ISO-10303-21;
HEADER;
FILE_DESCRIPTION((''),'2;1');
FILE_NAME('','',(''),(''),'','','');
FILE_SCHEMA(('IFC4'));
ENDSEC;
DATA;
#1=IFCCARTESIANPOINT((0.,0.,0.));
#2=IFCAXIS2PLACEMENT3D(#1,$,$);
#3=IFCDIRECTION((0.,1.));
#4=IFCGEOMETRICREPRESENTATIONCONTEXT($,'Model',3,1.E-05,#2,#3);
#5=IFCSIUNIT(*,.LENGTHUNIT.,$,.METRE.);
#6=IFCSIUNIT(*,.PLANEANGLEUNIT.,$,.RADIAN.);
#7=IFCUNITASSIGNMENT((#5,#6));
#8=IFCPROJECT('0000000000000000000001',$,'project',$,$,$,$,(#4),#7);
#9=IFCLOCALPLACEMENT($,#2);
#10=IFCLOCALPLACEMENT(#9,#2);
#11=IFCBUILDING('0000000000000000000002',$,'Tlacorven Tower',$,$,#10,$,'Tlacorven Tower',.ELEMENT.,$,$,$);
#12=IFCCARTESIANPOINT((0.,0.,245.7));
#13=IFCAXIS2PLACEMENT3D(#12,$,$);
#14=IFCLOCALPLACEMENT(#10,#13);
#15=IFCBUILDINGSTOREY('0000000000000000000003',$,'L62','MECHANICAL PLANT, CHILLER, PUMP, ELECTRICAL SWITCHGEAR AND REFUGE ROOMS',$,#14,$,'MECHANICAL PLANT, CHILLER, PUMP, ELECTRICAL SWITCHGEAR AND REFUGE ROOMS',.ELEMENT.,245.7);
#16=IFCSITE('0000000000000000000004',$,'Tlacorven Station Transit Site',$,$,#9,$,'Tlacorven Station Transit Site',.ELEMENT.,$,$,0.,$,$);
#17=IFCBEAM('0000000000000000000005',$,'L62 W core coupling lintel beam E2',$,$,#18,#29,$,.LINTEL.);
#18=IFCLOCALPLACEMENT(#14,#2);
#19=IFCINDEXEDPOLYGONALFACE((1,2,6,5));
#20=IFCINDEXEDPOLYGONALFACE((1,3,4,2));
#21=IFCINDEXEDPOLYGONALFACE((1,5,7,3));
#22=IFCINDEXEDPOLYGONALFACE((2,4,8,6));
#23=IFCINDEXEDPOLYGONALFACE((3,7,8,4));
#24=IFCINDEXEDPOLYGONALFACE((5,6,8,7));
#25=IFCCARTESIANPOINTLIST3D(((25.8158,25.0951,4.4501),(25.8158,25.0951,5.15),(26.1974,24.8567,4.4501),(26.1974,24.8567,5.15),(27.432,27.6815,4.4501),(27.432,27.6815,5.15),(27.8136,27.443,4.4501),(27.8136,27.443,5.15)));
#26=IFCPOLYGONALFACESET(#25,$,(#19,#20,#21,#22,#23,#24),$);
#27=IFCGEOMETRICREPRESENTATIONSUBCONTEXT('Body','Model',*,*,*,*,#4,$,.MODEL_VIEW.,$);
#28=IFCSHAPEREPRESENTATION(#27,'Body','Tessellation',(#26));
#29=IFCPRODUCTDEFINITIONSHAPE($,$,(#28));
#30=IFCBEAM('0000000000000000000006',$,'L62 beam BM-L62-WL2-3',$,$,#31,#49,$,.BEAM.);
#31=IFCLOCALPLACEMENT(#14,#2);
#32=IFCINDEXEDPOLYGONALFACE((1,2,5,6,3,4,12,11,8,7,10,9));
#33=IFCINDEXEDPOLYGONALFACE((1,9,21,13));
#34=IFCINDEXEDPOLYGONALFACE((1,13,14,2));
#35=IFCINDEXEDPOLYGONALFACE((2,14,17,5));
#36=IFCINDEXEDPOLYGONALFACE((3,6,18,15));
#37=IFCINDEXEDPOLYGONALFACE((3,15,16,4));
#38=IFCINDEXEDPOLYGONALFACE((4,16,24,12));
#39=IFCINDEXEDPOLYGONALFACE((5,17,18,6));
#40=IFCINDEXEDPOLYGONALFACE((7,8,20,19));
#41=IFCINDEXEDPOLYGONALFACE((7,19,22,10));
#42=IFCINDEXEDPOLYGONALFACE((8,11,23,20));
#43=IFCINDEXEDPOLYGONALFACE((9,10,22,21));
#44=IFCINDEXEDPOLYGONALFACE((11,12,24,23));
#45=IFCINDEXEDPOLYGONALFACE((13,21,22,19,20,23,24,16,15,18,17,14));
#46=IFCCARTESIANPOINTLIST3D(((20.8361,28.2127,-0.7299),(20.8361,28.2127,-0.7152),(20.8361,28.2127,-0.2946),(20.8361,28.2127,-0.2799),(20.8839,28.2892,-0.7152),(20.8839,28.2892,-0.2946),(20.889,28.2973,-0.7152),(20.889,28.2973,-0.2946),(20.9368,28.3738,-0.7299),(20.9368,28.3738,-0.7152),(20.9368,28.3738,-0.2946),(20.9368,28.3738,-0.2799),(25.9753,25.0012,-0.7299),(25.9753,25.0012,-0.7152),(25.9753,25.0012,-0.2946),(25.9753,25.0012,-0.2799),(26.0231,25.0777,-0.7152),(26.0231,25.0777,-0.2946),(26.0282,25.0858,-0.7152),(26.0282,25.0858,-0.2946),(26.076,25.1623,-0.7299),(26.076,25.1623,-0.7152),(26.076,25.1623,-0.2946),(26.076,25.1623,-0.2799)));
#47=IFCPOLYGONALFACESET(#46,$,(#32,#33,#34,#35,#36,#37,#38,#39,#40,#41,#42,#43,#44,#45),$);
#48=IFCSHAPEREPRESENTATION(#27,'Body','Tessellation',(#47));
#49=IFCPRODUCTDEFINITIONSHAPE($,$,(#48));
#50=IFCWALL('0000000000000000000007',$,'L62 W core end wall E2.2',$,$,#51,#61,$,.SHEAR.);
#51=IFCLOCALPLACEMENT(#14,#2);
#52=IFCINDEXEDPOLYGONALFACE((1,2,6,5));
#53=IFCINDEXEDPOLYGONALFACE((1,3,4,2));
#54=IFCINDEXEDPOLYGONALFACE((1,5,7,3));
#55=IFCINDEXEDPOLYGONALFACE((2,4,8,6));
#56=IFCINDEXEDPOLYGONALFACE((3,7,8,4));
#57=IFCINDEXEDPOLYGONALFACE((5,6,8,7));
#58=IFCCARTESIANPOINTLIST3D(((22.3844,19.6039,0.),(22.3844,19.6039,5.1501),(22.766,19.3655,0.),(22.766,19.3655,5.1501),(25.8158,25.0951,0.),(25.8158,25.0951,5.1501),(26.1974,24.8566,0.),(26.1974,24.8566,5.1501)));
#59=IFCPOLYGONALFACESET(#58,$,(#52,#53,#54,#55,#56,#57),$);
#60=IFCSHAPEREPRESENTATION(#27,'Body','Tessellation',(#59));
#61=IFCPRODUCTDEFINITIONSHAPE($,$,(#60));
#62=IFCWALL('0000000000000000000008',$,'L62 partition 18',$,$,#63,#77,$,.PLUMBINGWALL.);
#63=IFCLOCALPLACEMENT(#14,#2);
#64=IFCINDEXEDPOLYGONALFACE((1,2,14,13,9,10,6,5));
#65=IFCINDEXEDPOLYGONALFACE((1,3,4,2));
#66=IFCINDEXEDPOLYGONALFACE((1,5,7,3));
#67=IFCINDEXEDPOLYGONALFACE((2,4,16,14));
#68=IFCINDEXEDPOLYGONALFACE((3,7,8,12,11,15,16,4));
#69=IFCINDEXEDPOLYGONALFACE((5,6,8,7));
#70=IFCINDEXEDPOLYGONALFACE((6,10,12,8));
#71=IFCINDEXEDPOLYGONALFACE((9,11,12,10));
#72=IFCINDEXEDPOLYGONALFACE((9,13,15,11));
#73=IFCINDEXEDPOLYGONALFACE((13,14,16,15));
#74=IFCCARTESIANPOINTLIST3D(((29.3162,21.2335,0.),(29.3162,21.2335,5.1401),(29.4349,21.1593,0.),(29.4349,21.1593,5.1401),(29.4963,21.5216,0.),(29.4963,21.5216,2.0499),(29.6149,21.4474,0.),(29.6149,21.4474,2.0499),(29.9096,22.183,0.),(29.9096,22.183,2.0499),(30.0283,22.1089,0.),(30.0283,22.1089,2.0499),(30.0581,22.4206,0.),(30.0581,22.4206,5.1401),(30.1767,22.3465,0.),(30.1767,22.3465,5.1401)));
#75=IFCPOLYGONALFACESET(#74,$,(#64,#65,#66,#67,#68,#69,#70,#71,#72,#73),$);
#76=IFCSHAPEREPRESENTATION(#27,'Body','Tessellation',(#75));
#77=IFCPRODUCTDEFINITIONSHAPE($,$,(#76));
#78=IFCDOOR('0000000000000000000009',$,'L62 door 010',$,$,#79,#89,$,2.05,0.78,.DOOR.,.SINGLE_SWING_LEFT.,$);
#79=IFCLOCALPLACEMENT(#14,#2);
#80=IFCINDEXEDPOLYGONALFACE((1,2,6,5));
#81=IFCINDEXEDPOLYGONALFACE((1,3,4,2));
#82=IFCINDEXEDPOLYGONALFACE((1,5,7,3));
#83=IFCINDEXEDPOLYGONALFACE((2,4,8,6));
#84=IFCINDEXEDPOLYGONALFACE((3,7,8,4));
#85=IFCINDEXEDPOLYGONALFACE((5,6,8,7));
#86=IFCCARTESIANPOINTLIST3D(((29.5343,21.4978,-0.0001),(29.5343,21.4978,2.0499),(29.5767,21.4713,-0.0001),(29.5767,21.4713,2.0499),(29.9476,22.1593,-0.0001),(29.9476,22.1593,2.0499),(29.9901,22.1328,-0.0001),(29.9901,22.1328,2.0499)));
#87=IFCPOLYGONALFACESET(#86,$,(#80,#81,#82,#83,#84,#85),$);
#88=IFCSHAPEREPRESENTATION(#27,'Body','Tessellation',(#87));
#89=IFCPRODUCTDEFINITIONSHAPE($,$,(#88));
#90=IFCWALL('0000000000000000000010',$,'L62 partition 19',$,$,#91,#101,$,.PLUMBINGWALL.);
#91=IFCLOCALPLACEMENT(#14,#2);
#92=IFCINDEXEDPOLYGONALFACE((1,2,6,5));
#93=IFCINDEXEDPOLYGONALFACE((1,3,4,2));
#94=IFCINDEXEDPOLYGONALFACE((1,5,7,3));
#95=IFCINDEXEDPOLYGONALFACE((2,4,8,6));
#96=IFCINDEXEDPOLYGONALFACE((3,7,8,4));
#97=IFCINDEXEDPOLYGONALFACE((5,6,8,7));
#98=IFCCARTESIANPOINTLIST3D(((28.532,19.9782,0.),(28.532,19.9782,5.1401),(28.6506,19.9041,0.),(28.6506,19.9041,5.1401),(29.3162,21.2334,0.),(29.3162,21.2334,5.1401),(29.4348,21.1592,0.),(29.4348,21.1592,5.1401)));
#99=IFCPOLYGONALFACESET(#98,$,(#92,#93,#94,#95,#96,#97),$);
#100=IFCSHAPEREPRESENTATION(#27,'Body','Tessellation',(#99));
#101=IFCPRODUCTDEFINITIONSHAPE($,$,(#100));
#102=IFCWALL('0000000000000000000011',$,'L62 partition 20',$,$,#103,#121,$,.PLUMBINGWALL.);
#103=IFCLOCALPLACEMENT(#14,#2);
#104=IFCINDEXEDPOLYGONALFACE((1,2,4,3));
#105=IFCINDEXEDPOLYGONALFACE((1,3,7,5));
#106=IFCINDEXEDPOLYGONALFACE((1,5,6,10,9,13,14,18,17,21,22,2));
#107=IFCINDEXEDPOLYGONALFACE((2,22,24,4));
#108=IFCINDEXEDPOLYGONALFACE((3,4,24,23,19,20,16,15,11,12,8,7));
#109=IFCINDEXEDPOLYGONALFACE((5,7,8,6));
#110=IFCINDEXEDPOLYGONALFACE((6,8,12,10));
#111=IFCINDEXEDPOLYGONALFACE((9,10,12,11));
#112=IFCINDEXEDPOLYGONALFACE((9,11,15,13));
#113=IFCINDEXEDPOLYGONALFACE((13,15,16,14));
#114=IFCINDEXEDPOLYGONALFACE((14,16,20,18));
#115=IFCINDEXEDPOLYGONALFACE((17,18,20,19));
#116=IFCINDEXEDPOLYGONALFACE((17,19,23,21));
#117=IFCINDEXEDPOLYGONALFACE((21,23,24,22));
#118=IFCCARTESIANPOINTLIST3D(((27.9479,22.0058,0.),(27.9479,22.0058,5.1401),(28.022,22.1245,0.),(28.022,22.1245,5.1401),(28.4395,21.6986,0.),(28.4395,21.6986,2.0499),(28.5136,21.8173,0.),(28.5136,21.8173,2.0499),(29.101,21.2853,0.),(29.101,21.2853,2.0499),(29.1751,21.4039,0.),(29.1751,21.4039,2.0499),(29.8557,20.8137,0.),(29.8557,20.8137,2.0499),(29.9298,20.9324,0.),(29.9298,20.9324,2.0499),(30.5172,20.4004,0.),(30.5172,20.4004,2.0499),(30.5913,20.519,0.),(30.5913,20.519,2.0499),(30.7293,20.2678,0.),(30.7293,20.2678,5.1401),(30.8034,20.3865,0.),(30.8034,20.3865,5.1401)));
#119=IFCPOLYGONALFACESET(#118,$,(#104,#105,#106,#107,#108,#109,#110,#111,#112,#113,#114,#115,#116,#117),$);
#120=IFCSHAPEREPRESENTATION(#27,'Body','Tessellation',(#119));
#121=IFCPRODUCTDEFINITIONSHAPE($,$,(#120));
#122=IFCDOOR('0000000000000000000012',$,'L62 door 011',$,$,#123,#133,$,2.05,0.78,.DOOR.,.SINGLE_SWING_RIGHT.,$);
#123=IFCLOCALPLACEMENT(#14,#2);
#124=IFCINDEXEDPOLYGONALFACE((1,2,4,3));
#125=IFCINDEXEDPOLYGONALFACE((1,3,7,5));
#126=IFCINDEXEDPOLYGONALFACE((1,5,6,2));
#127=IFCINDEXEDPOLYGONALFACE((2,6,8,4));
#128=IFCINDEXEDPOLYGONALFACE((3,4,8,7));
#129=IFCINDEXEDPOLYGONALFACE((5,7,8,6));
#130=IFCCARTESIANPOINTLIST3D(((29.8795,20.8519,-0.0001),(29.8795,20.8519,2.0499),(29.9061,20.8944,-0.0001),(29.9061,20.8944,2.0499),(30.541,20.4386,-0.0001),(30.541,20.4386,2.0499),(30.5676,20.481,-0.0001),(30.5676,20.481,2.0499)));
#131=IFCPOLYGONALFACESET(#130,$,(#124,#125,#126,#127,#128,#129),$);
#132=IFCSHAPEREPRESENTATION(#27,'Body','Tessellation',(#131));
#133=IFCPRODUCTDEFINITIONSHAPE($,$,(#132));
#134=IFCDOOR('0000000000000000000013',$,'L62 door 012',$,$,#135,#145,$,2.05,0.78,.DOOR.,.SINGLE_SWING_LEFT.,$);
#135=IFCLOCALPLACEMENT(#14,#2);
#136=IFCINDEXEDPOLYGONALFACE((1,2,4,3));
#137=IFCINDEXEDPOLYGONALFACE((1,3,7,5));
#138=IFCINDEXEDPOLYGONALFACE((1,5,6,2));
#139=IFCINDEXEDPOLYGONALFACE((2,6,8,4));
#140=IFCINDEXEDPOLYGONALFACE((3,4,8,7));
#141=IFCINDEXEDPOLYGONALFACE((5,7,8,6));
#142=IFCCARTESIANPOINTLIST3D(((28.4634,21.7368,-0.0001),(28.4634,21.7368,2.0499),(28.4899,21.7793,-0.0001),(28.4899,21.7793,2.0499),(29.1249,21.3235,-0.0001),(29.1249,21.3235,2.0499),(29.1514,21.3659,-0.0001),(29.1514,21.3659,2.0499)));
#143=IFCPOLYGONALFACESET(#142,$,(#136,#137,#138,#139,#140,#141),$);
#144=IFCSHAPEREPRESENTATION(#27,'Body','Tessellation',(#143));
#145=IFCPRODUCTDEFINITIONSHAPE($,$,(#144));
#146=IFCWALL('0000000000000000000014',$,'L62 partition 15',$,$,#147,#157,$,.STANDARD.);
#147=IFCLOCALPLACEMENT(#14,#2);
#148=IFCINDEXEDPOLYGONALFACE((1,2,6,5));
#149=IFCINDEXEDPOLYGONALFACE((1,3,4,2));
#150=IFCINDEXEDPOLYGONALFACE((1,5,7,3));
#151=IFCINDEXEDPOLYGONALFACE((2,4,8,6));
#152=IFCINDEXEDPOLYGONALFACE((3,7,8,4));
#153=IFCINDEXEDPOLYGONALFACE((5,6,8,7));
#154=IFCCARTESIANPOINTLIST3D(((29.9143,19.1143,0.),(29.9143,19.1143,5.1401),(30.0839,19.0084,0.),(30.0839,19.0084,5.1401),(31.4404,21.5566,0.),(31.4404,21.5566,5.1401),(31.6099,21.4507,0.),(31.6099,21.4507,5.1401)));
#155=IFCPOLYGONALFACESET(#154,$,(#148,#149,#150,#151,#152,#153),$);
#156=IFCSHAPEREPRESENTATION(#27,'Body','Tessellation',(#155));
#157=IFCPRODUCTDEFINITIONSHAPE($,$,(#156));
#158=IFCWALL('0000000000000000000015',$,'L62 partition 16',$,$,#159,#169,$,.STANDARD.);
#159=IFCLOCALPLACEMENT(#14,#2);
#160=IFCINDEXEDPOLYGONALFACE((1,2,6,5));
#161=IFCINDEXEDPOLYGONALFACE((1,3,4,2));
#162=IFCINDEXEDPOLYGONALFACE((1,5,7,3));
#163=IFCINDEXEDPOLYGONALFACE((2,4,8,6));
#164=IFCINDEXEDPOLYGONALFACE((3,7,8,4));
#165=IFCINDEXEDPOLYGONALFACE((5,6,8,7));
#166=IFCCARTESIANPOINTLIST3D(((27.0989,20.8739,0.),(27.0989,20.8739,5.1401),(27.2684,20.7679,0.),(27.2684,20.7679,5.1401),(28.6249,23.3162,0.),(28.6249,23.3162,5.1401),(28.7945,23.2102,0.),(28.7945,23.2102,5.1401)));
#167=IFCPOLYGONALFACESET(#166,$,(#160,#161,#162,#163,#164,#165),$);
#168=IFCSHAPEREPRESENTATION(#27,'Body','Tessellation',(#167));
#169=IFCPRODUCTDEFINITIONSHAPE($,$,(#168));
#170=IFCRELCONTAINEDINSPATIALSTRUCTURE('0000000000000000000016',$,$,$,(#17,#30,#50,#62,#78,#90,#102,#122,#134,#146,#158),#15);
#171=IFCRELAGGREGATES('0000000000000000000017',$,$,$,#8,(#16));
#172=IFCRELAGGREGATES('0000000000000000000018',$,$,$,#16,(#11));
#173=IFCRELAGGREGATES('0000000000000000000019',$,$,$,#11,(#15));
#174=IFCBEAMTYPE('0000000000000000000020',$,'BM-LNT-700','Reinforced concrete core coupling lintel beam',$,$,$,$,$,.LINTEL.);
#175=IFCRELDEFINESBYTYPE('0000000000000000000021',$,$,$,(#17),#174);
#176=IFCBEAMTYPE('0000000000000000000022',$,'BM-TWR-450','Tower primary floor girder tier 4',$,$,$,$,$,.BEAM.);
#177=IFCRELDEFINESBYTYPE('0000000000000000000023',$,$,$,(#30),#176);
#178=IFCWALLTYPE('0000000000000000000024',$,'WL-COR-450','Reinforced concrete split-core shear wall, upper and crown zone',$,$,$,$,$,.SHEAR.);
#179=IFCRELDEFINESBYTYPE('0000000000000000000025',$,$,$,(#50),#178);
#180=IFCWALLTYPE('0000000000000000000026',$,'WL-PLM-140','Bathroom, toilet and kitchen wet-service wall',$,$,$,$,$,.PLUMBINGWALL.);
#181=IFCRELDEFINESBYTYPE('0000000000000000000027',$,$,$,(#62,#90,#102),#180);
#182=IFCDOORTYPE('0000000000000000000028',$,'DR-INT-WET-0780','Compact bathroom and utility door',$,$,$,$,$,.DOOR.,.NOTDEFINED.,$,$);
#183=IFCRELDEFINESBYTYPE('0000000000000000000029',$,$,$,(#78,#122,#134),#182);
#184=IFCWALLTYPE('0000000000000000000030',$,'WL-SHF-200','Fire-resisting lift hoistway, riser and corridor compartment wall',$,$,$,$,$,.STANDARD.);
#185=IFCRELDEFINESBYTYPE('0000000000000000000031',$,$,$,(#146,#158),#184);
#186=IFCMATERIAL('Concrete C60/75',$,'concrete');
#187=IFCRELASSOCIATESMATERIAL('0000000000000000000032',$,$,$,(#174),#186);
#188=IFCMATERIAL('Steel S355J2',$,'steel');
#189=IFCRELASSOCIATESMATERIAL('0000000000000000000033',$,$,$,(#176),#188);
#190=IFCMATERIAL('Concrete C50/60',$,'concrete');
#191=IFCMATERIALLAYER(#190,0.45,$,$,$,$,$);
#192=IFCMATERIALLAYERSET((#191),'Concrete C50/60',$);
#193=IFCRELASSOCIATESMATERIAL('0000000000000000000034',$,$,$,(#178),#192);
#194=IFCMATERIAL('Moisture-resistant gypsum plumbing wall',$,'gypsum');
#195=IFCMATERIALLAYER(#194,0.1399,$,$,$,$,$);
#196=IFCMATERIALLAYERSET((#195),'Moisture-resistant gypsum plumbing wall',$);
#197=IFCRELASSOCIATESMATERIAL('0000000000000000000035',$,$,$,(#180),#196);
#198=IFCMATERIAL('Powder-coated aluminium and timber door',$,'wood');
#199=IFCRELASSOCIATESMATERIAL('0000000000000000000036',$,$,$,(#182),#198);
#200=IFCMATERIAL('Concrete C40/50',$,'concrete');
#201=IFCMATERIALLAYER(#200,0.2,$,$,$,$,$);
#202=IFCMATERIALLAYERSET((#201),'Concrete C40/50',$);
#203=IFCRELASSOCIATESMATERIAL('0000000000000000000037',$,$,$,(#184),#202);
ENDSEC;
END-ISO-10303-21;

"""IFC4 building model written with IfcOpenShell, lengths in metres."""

from ifc_helpers import new_model, si_unit, direction, frame, frame_2d, origin, origin_2d, place, context, subcontext, project, spatial, rectangle, i_section, extrude, source, transform, mapped, material, layer, layer_set, material_profile, profile_set, type_object, element, fill, save


model = new_model("IFC4")

# Units and contexts
model_context = context("Model", 3, precision=1e-05, world=origin(), true_north=direction((0.0, 1.0)))
body_context = subcontext(model_context, "Body", "Model", "MODEL_VIEW")
ifc_project = project(units=[si_unit("LENGTHUNIT", "METRE"), si_unit("PLANEANGLEUNIT", "RADIAN")], contexts=[model_context])

# Site, building, storey
site_placement = place(None, origin())
site = spatial("IfcSite", under=ifc_project, at=site_placement, Name="Tlacorven Station Transit Site", LongName="Tlacorven Station Transit Site", CompositionType="ELEMENT", RefElevation=0.0)
building_placement = place(site_placement, origin())
building = spatial("IfcBuilding", under=site, at=building_placement, Name="Tlacorven Tower", LongName="Tlacorven Tower", CompositionType="ELEMENT")
storey_placement = place(building_placement, frame((0.0, 0.0, 245.7)))
storey = spatial("IfcBuildingStorey", under=building, at=storey_placement, Name="L62", Description="MECHANICAL PLANT, CHILLER, PUMP, ELECTRICAL SWITCHGEAR AND REFUGE ROOMS", LongName="MECHANICAL PLANT, CHILLER, PUMP, ELECTRICAL SWITCHGEAR AND REFUGE ROOMS", CompositionType="ELEMENT", Elevation=245.7)

# Beams
ifc_material_1 = material(Name="Concrete C60/75", Category="concrete")
ifc_material_profile_1 = material_profile(ifc_material_1, rectangle(XDim=0.45, YDim=0.7, at=origin_2d()), Name="RC 450X700")
ifc_profile_set_1 = profile_set([ifc_material_profile_1], Name="Concrete C60/75")
beam_type_1 = type_object("IfcBeamType", Name="BM-LNT-700", Description="Reinforced concrete core coupling lintel beam", PredefinedType="LINTEL", material=ifc_profile_set_1)
shared_shape_1 = source(origin(), body_context, "Body", "SweptSolid", [
    extrude(rectangle(XDim=0.45, YDim=0.7, at=origin_2d()), origin(), (0.0, 0.0, 1.0), 3.0498),
])
beam_1_placement = place(storey_placement, frame((27.6228, 27.5623, 4.8), z_axis=(-0.529927, -0.848043, 0.0), x_axis=(0.848043, -0.529927, 0.0)))
element("IfcBeam", 1, at=beam_1_placement, inside=storey, type_object=beam_type_1, Name="L62 W core coupling lintel beam E2", PredefinedType="LINTEL", context=body_context, shape_type="MappedRepresentation", body=[
    mapped(shared_shape_1, transform((0.0, 0.0, 0.0), scale=1.0)),
])
ifc_material_2 = material(Name="Steel S355J2", Category="steel")
ifc_material_profile_2 = material_profile(ifc_material_2, i_section(OverallWidth=0.1899, OverallDepth=0.45, WebThickness=0.0095, FlangeThickness=0.0146, at=origin_2d()), Name="IPE 450")
ifc_profile_set_2 = profile_set([ifc_material_profile_2], Name="Steel S355J2")
beam_type_2 = type_object("IfcBeamType", Name="BM-TWR-450", Description="Tower primary floor girder tier 4", PredefinedType="BEAM", material=ifc_profile_set_2)
shared_shape_2 = source(origin(), body_context, "Body", "SweptSolid", [
    extrude(i_section(OverallWidth=0.1899, OverallDepth=0.45, WebThickness=0.0095, FlangeThickness=0.0146, at=origin_2d()), origin(), (0.0, 0.0, 1.0), 6.0601),
])
beam_2_placement = place(storey_placement, frame((26.0256, 25.0818, -0.5049), z_axis=(-0.848039, 0.529934, 0.0), x_axis=(-0.529934, -0.848039, 0.0)))
element("IfcBeam", 2, at=beam_2_placement, inside=storey, type_object=beam_type_2, Name="L62 beam BM-L62-WL2-3", PredefinedType="BEAM", context=body_context, shape_type="MappedRepresentation", body=[
    mapped(shared_shape_2, transform((0.0, 0.0, 0.0), scale=1.0)),
])

# Wall
ifc_material_3 = material(Name="Concrete C50/60", Category="concrete")
ifc_layer_1 = layer(ifc_material_3, 0.45)
ifc_layer_set_1 = layer_set([ifc_layer_1], Name="Concrete C50/60")
wall_type_1 = type_object("IfcWallType", Name="WL-COR-450", Description="Reinforced concrete split-core shear wall, upper and crown zone", PredefinedType="SHEAR", material=ifc_layer_set_1)
wall_1_placement = place(storey_placement, frame((26.0066, 24.9758, 0.0), z_axis=(0.0, 0.0, 1.0), x_axis=(-0.529931, -0.848041, 0.0)))
element("IfcWall", 3, at=wall_1_placement, inside=storey, type_object=wall_type_1, Name="L62 W core end wall E2.2", PredefinedType="SHEAR", context=body_context, shape_type="SweptSolid", body=[
    extrude(rectangle(XDim=6.4751, YDim=0.45, at=frame_2d((3.2375, 0.0))), origin(), (0.0, 0.0, 1.0), 5.1501),
])

# Wall, opening, door
ifc_material_4 = material(Name="Moisture-resistant gypsum plumbing wall", Category="gypsum")
ifc_layer_2 = layer(ifc_material_4, 0.1399)
ifc_layer_set_2 = layer_set([ifc_layer_2], Name="Moisture-resistant gypsum plumbing wall")
wall_type_2 = type_object("IfcWallType", Name="WL-PLM-140", Description="Bathroom, toilet and kitchen wet-service wall", PredefinedType="PLUMBINGWALL", material=ifc_layer_set_2)
wall_2_placement = place(storey_placement, frame((30.1174, 22.3835, 0.0), z_axis=(0.0, 0.0, 1.0), x_axis=(-0.529952, -0.848028, 0.0)))
wall_2 = element("IfcWall", 4, at=wall_2_placement, inside=storey, type_object=wall_type_2, Name="L62 partition 18", PredefinedType="PLUMBINGWALL", context=body_context, shape_type="SweptSolid", body=[
    extrude(rectangle(XDim=1.3999, YDim=0.1399, at=frame_2d((0.7, 0.0))), origin(), (0.0, 0.0, 1.0), 5.1401),
])
opening_1_placement = place(wall_2_placement, frame((0.28, 0.0, 0.0)))
opening_1 = element("IfcOpeningElement", 5, at=opening_1_placement, cuts=wall_2, PredefinedType="OPENING", context=body_context, shape_type="SweptSolid", body=[
    extrude(rectangle(XDim=0.78, YDim=2.05, at=frame_2d((0.3901, 1.0249))), frame((0.0, 0.0801, 0.0), z_axis=(0.0, -1.0, 0.0), x_axis=(1.0, 0.0, 0.0)), (0.0, 0.0, 1.0), 0.1599),
])
ifc_material_5 = material(Name="Powder-coated aluminium and timber door", Category="wood")
door_type_1 = type_object("IfcDoorType", Name="DR-INT-WET-0780", Description="Compact bathroom and utility door", OperationType="NOTDEFINED", PredefinedType="DOOR", material=ifc_material_5)
shared_shape_3 = source(origin(), body_context, "Body", "SweptSolid", [
    extrude(rectangle(XDim=0.78, YDim=2.05, at=frame_2d((0.3901, 1.0249))), frame((0.0, 0.0249, 0.0), z_axis=(0.0, -1.0, 0.0), x_axis=(1.0, 0.0, 0.0)), (0.0, 0.0, 1.0), 0.05),
])
door_1_placement = place(opening_1_placement, origin())
door_1 = element("IfcDoor", 6, at=door_1_placement, inside=storey, type_object=door_type_1, Name="L62 door 010", OperationType="SINGLE_SWING_LEFT", OverallHeight=2.05, OverallWidth=0.78, PredefinedType="DOOR", context=body_context, shape_type="MappedRepresentation", body=[
    mapped(shared_shape_3, transform((0.0, 0.0, 0.0), scale=1.0)),
])
fill(opening_1, door_1)

# Wall
wall_3_placement = place(storey_placement, frame((29.3755, 21.1963, 0.0), z_axis=(0.0, 0.0, 1.0), x_axis=(-0.529865, -0.848082, 0.0)))
element("IfcWall", 7, at=wall_3_placement, inside=storey, type_object=wall_type_2, Name="L62 partition 19", PredefinedType="PLUMBINGWALL", context=body_context, shape_type="SweptSolid", body=[
    extrude(rectangle(XDim=1.48, YDim=0.1399, at=frame_2d((0.74, 0.0))), origin(), (0.0, 0.0, 1.0), 5.1401),
])

# Wall, openings, doors
wall_4_placement = place(storey_placement, frame((30.7664, 20.3271, 0.0), z_axis=(0.0, 0.0, 1.0), x_axis=(-0.848053, 0.529912, 0.0)))
wall_4 = element("IfcWall", 8, at=wall_4_placement, inside=storey, type_object=wall_type_2, Name="L62 partition 20", PredefinedType="PLUMBINGWALL", context=body_context, shape_type="SweptSolid", body=[
    extrude(rectangle(XDim=3.2798, YDim=0.1399, at=frame_2d((1.6399, 0.0))), origin(), (0.0, 0.0, 1.0), 5.1401),
])
opening_2_placement = place(wall_4_placement, frame((0.25, 0.0, 0.0)))
opening_2 = element("IfcOpeningElement", 9, at=opening_2_placement, cuts=wall_4, PredefinedType="OPENING", context=body_context, shape_type="SweptSolid", body=[
    extrude(rectangle(XDim=0.78, YDim=2.05, at=frame_2d((0.3901, 1.0249))), frame((0.0, 0.0801, 0.0), z_axis=(0.0, -1.0, 0.0), x_axis=(1.0, 0.0, 0.0)), (0.0, 0.0, 1.0), 0.1599),
])
opening_3_placement = place(wall_4_placement, frame((1.9199, 0.0, 0.0)))
opening_3 = element("IfcOpeningElement", 10, at=opening_3_placement, cuts=wall_4, PredefinedType="OPENING", context=body_context, shape_type="SweptSolid", body=[
    extrude(rectangle(XDim=0.78, YDim=2.05, at=frame_2d((0.3901, 1.0249))), frame((0.0, 0.0801, 0.0), z_axis=(0.0, -1.0, 0.0), x_axis=(1.0, 0.0, 0.0)), (0.0, 0.0, 1.0), 0.1599),
])
door_2_placement = place(opening_2_placement, origin())
door_2 = element("IfcDoor", 11, at=door_2_placement, inside=storey, type_object=door_type_1, Name="L62 door 011", OperationType="SINGLE_SWING_RIGHT", OverallHeight=2.05, OverallWidth=0.78, PredefinedType="DOOR", context=body_context, shape_type="MappedRepresentation", body=[
    mapped(shared_shape_3, transform((0.0, 0.0, 0.0), scale=1.0)),
])
fill(opening_2, door_2)
door_3_placement = place(opening_3_placement, origin())
door_3 = element("IfcDoor", 12, at=door_3_placement, inside=storey, type_object=door_type_1, Name="L62 door 012", OperationType="SINGLE_SWING_LEFT", OverallHeight=2.05, OverallWidth=0.78, PredefinedType="DOOR", context=body_context, shape_type="MappedRepresentation", body=[
    mapped(shared_shape_3, transform((0.0, 0.0, 0.0), scale=1.0)),
])
fill(opening_3, door_3)
ifc_material_6 = material(Name="Concrete C40/50", Category="concrete")
ifc_layer_3 = layer(ifc_material_6, 0.2)
ifc_layer_set_3 = layer_set([ifc_layer_3], Name="Concrete C40/50")
wall_type_3 = type_object("IfcWallType", Name="WL-SHF-200", Description="Fire-resisting lift hoistway, riser and corridor compartment wall", PredefinedType="STANDARD", material=ifc_layer_set_3)

# Walls
for number, where, z_axis, x_axis, name in (
    (13, (31.5251, 21.5037, 0.0), (0.0, 0.0, 1.0), (-0.529907, -0.848055, 0.0), "L62 partition 15"),
    (14, (28.7097, 23.2632, 0.0), (0.0, 0.0, 1.0), (-0.529907, -0.848055, 0.0), "L62 partition 16"),
):
    element("IfcWall", number, at=place(storey_placement, frame(where, z_axis=z_axis, x_axis=x_axis)), inside=storey, type_object=wall_type_3, Name=name, PredefinedType="STANDARD", context=body_context, shape_type="SweptSolid", body=[
        extrude(rectangle(XDim=2.8799, YDim=0.2, at=frame_2d((1.4399, 0.0))), origin(), (0.0, 0.0, 1.0), 5.1401),
    ])

save(model, "model.ifc")
